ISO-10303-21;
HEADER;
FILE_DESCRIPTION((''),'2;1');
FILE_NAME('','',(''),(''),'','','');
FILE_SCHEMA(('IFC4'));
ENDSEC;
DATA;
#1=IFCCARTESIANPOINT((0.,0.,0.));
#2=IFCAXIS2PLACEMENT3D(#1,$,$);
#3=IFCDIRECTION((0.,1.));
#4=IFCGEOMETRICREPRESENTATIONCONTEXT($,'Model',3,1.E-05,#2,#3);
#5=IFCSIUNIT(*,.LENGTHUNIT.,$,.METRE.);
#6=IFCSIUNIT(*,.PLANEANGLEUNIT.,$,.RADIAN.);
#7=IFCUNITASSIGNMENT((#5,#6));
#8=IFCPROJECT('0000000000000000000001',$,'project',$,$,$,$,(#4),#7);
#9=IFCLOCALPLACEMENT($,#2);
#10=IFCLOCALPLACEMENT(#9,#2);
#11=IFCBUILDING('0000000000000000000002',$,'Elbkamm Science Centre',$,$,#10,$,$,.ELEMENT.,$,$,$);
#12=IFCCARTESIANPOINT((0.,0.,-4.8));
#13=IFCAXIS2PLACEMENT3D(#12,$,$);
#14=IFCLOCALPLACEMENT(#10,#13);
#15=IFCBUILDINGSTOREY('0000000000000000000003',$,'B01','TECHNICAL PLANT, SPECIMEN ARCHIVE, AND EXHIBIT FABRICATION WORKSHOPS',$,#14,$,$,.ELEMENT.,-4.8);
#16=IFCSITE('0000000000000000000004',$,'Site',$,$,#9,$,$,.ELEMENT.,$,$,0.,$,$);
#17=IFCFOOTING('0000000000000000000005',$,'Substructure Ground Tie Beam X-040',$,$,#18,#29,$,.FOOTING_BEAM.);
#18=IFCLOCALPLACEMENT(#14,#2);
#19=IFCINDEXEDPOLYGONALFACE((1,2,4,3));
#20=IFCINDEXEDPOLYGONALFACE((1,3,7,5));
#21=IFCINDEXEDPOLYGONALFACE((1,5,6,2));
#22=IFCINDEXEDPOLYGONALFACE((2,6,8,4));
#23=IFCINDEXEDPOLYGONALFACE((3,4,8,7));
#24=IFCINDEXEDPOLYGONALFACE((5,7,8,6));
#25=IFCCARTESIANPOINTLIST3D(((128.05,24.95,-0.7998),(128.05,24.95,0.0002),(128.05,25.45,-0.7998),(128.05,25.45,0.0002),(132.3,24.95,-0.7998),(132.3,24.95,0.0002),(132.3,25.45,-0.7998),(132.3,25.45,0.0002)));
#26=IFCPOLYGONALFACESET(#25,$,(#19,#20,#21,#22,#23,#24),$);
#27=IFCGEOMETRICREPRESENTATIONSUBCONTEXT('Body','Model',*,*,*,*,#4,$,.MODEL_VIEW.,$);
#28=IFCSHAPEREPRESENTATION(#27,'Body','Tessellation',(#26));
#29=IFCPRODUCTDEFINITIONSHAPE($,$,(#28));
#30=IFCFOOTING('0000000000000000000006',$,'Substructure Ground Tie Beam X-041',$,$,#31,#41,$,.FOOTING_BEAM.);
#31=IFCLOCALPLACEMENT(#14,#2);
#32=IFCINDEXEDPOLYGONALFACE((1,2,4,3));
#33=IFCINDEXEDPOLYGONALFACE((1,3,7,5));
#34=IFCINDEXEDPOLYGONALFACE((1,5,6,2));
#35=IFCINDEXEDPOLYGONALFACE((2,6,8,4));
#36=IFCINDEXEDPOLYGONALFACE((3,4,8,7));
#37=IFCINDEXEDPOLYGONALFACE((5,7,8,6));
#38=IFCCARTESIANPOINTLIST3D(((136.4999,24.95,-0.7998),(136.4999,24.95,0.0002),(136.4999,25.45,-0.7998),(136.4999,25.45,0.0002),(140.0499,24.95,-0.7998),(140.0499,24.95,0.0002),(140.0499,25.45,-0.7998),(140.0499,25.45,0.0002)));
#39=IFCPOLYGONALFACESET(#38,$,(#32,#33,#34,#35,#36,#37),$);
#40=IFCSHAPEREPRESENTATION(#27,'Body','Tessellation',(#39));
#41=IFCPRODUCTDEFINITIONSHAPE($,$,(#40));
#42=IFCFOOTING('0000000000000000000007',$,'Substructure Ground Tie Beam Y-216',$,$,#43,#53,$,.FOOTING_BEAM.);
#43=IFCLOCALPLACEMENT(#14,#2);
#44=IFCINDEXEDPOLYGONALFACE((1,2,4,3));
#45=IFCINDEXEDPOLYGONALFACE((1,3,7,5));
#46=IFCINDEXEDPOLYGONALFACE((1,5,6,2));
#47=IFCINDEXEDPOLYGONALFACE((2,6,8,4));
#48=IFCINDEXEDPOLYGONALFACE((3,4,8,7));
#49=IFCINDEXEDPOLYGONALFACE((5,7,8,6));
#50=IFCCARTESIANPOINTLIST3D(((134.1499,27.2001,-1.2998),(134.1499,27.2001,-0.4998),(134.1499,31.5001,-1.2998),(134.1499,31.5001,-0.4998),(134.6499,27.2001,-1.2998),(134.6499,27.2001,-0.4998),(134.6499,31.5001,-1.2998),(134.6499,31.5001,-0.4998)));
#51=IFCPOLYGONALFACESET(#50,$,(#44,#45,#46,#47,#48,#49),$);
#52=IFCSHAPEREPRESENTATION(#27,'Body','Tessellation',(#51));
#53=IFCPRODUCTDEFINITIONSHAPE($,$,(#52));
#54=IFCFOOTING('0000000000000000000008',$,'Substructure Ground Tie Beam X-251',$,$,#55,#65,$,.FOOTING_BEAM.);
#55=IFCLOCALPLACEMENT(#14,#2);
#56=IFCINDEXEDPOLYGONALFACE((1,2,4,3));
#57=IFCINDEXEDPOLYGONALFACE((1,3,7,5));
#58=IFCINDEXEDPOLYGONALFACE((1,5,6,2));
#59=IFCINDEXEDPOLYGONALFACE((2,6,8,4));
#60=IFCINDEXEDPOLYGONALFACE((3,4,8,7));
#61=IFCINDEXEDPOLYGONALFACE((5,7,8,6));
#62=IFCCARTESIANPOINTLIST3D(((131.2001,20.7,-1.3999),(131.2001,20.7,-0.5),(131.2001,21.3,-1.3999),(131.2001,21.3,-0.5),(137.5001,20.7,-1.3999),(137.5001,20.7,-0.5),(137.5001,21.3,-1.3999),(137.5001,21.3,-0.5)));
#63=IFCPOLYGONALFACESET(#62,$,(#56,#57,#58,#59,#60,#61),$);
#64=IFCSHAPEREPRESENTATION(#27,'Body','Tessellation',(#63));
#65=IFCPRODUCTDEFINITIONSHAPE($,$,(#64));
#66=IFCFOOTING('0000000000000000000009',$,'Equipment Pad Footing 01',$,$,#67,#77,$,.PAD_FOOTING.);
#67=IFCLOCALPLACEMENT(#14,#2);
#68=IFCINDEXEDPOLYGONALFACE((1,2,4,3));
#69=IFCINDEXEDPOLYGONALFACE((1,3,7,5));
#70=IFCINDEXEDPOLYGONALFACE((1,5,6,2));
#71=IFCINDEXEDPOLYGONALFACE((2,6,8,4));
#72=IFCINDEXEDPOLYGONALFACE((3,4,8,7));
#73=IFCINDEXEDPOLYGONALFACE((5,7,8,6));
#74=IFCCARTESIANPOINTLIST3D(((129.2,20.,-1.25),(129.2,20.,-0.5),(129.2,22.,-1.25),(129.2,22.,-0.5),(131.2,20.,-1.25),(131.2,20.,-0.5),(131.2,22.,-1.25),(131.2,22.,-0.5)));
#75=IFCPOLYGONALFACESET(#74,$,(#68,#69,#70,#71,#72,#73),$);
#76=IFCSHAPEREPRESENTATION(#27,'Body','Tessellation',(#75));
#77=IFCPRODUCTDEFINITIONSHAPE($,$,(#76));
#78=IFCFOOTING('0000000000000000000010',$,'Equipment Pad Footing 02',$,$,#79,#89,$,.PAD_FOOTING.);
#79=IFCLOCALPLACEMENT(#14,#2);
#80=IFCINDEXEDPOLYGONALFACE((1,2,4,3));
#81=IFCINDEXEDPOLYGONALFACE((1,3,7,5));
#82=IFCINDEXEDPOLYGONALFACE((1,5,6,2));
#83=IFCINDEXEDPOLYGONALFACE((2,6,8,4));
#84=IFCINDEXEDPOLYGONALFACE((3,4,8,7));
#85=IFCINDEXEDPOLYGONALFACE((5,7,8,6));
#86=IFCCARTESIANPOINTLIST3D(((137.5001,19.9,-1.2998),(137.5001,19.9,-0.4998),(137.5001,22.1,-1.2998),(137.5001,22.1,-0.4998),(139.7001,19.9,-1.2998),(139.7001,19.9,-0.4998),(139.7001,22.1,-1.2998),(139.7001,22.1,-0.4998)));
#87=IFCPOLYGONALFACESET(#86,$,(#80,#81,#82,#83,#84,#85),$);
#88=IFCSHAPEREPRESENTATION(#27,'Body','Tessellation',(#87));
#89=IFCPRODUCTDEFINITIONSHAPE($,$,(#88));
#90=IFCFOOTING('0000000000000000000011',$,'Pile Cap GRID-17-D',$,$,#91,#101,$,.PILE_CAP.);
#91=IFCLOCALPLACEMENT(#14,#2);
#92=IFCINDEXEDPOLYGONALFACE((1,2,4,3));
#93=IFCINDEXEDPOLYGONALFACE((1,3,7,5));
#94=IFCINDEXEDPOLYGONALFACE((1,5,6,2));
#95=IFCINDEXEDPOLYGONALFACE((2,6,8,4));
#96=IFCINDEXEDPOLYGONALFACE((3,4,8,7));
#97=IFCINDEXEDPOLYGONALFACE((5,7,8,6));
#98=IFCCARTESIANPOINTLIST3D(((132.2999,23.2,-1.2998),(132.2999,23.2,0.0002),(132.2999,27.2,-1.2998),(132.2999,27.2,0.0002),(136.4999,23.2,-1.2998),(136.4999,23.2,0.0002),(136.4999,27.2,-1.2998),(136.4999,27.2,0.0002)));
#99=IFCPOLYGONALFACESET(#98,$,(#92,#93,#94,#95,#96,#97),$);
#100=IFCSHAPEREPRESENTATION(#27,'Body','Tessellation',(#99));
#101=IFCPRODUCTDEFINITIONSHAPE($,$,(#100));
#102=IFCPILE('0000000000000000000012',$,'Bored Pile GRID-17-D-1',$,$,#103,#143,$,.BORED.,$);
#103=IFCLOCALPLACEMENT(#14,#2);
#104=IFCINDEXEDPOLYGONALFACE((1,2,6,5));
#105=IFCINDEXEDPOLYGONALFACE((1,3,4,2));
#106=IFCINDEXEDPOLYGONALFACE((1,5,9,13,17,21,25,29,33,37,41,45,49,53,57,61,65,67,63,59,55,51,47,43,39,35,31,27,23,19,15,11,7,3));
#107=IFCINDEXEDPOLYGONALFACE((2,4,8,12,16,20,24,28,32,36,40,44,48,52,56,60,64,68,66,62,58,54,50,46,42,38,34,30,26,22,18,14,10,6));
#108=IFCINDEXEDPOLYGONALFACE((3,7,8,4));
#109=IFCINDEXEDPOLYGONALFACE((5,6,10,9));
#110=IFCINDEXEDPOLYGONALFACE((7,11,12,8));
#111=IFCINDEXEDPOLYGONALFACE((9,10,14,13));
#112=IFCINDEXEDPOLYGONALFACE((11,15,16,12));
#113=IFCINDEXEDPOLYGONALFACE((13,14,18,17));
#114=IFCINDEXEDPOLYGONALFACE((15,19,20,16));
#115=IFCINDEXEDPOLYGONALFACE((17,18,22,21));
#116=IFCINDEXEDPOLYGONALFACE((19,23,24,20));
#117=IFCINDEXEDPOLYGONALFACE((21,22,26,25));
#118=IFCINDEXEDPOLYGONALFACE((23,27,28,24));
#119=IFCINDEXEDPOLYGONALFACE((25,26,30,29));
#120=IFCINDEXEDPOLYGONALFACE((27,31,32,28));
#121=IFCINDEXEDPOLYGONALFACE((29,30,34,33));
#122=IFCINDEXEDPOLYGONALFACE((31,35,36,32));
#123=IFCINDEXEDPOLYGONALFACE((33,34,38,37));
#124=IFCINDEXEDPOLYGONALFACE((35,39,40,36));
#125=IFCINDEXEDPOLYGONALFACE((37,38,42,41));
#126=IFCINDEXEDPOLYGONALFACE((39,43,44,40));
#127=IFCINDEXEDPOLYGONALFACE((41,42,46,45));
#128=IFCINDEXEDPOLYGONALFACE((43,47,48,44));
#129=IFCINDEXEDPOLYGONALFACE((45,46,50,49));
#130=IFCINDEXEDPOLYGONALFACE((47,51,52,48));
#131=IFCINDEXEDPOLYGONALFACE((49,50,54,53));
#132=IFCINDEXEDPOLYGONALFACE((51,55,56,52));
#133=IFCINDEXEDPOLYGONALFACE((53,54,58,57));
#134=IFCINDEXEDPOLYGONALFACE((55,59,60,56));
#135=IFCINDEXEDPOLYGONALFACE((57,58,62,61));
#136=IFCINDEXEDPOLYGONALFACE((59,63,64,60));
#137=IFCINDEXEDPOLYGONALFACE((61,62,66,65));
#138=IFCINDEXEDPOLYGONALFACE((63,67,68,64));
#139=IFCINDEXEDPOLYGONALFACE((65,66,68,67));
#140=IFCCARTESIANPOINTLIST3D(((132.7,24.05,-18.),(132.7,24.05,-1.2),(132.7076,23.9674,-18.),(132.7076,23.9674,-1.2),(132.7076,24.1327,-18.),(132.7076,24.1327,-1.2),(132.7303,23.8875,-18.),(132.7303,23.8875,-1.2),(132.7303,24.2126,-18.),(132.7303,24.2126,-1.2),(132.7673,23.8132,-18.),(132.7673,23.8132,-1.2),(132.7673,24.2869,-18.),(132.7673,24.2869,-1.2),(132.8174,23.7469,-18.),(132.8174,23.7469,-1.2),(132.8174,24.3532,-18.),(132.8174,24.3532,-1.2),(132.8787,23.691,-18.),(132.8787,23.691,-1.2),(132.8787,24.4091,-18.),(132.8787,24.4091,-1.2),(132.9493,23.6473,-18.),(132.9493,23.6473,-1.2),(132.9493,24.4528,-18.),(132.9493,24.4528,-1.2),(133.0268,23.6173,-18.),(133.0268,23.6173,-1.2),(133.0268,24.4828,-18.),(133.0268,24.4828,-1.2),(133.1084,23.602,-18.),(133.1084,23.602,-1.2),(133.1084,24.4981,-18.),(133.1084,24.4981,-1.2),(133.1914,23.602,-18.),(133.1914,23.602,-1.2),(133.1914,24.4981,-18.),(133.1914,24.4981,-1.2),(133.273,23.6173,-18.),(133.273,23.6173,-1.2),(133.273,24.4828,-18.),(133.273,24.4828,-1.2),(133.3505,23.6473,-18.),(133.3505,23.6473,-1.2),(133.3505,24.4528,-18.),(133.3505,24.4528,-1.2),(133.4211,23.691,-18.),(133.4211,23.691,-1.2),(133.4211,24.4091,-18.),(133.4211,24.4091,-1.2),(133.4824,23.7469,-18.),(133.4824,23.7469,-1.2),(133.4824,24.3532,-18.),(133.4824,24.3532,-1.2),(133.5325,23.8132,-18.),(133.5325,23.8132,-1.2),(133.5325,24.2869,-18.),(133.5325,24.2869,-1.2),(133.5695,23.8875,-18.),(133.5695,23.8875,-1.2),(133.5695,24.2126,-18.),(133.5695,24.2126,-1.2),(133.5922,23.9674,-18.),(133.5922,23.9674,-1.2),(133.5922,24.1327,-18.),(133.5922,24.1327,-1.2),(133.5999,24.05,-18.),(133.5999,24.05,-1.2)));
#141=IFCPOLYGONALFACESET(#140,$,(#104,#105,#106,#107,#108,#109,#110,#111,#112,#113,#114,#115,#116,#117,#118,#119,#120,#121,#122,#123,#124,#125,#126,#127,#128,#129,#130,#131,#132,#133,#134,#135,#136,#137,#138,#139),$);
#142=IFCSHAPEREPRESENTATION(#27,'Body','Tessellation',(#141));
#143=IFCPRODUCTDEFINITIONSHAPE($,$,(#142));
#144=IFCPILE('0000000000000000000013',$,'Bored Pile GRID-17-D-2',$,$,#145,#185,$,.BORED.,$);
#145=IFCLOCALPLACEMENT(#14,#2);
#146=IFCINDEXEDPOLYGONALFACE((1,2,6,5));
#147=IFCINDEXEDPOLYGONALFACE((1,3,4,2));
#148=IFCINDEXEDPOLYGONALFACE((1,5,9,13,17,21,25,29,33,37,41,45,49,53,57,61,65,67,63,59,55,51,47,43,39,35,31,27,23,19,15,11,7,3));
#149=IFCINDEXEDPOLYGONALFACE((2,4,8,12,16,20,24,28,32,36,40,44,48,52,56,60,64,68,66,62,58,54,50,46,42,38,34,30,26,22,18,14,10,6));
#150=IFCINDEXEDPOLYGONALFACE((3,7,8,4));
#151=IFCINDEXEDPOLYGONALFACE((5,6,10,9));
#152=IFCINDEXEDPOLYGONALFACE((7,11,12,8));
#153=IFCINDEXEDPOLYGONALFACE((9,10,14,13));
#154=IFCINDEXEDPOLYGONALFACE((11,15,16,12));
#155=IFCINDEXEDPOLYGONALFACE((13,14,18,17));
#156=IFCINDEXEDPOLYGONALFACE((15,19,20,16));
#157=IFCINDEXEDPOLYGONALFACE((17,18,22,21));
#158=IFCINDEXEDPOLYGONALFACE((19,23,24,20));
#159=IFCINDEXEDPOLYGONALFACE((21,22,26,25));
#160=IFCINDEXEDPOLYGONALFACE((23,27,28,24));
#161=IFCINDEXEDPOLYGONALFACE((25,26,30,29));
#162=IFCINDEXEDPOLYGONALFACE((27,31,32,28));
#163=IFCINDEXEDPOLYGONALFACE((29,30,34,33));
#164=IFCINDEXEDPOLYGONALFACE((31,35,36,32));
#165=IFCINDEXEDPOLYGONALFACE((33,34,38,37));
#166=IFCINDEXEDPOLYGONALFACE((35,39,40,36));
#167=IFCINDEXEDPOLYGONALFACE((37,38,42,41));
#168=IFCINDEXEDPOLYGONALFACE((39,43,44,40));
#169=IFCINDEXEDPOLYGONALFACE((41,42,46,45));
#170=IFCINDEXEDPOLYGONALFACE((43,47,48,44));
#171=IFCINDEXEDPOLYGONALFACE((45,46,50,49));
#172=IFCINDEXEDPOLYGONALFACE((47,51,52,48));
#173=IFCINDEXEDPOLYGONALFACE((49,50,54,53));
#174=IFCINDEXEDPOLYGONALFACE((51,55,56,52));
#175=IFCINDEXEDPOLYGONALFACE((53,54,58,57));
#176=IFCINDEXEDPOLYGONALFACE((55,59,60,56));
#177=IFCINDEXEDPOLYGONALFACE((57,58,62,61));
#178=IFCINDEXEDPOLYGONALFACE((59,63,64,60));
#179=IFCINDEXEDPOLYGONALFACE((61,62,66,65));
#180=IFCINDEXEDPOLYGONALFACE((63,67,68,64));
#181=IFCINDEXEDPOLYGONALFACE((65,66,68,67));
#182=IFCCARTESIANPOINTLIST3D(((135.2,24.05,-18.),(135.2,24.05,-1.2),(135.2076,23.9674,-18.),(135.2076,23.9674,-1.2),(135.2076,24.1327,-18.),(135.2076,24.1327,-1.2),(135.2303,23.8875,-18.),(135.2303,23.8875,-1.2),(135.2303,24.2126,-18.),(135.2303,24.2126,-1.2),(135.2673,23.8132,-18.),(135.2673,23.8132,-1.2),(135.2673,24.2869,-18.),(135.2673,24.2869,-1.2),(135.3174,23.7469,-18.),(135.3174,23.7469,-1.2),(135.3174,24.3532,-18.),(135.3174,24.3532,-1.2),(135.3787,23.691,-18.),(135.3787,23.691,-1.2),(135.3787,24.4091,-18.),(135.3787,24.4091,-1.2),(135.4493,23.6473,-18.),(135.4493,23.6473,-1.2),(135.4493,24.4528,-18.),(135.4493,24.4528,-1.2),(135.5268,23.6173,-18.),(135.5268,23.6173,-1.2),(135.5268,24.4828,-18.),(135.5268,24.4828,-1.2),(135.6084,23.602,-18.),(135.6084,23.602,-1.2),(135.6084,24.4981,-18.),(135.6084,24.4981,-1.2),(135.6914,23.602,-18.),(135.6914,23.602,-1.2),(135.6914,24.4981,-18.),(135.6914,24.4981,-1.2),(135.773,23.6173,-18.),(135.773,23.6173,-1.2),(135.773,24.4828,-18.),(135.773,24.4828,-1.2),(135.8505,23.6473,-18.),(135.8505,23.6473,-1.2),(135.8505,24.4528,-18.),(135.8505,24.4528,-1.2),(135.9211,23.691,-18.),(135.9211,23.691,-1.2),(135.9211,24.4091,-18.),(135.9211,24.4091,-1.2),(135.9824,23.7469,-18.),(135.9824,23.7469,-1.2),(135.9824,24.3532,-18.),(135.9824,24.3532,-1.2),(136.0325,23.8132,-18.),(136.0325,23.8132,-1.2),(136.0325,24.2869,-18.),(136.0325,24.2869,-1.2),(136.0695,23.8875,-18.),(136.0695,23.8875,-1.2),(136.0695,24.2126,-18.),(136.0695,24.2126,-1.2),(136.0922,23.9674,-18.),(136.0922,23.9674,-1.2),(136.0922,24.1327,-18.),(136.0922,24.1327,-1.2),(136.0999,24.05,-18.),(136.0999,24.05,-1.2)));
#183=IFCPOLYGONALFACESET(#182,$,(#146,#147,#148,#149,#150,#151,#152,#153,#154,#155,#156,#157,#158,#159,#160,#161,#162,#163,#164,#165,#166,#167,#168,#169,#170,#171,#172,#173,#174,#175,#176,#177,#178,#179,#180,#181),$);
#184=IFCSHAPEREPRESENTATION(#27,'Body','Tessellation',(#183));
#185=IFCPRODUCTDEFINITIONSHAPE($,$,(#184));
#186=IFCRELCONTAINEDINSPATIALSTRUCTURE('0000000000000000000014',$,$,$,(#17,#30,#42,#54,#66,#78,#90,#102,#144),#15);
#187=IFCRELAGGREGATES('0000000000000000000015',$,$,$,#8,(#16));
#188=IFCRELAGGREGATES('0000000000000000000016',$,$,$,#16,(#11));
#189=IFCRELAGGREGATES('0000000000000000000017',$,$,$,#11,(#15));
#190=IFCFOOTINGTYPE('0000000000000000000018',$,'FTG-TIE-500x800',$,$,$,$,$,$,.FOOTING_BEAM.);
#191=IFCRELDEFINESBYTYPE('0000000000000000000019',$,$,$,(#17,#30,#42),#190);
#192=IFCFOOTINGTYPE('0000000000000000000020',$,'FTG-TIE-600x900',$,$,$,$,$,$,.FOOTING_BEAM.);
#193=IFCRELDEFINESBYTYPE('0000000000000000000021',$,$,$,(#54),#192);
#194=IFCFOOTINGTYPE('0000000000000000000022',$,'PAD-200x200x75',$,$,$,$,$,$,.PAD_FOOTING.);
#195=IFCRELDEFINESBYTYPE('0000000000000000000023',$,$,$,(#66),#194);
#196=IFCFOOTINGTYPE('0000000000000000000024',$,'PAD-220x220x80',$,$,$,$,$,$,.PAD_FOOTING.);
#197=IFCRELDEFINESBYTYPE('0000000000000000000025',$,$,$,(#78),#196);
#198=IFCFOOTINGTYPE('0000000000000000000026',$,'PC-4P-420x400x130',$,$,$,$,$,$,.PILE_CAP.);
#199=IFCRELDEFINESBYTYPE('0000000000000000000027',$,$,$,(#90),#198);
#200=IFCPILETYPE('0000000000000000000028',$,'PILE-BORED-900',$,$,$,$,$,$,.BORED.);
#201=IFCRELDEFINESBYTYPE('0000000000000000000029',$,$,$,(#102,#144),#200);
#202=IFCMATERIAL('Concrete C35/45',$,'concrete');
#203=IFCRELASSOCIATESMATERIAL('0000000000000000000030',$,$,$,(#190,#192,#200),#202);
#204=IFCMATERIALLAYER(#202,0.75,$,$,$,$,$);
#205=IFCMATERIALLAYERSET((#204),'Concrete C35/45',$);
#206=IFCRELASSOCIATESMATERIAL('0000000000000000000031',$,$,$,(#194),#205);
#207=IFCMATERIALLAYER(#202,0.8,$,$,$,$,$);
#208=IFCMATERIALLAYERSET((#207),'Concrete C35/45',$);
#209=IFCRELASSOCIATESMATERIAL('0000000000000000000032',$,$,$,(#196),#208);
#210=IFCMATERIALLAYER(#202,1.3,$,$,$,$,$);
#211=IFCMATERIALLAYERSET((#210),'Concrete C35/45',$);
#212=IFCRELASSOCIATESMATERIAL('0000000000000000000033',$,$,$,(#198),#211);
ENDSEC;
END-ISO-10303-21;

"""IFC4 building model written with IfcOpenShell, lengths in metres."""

from ifc_helpers import new_model, si_unit, direction, frame, origin, origin_2d, place, context, subcontext, project, spatial, rectangle, circle, extrude, material, layer, layer_set, material_profile, profile_set, type_object, element, save


model = new_model("IFC4")

# Units and contexts
model_context = context("Model", 3, precision=1e-05, world=origin(), true_north=direction((0.0, 1.0)))
body_context = subcontext(model_context, "Body", "Model", "MODEL_VIEW")
ifc_project = project(units=[si_unit("LENGTHUNIT", "METRE"), si_unit("PLANEANGLEUNIT", "RADIAN")], contexts=[model_context])

# Site, building, storey
site_placement = place(None, origin())
site = spatial("IfcSite", under=ifc_project, at=site_placement, Name="Site", CompositionType="ELEMENT", RefElevation=0.0)
building_placement = place(site_placement, origin())
building = spatial("IfcBuilding", under=site, at=building_placement, Name="Elbkamm Science Centre", CompositionType="ELEMENT")
storey_placement = place(building_placement, frame((0.0, 0.0, -4.8)))
storey = spatial("IfcBuildingStorey", under=building, at=storey_placement, Name="B01", Description="TECHNICAL PLANT, SPECIMEN ARCHIVE, AND EXHIBIT FABRICATION WORKSHOPS", CompositionType="ELEMENT", Elevation=-4.8)

# Footings
ifc_material_1 = material(Name="Concrete C35/45", Category="concrete")
footing_type_1 = type_object("IfcFootingType", Name="FTG-TIE-500x800", PredefinedType="FOOTING_BEAM", material=ifc_material_1)
footing_1_placement = place(storey_placement, frame((130.175, 25.2, -0.7998), z_axis=(0.0, 0.0, 1.0), x_axis=(1.0, 0.0, 0.0)))
element("IfcFooting", 1, at=footing_1_placement, inside=storey, type_object=footing_type_1, Name="Substructure Ground Tie Beam X-040", PredefinedType="FOOTING_BEAM", context=body_context, shape_type="SweptSolid", body=[
    extrude(rectangle(XDim=4.25, YDim=0.5, at=origin_2d()), origin(), (0.0, 0.0, 1.0), 0.8),
])
footing_2_placement = place(storey_placement, frame((138.2749, 25.2, -0.7998), z_axis=(0.0, 0.0, 1.0), x_axis=(1.0, 0.0, 0.0)))
element("IfcFooting", 2, at=footing_2_placement, inside=storey, type_object=footing_type_1, Name="Substructure Ground Tie Beam X-041", PredefinedType="FOOTING_BEAM", context=body_context, shape_type="SweptSolid", body=[
    extrude(rectangle(XDim=3.55, YDim=0.5, at=origin_2d()), origin(), (0.0, 0.0, 1.0), 0.8),
])
footing_3_placement = place(storey_placement, frame((134.3999, 29.3501, -1.2998), z_axis=(0.0, 0.0, 1.0), x_axis=(1.0, 0.0, 0.0)))
element("IfcFooting", 3, at=footing_3_placement, inside=storey, type_object=footing_type_1, Name="Substructure Ground Tie Beam Y-216", PredefinedType="FOOTING_BEAM", context=body_context, shape_type="SweptSolid", body=[
    extrude(rectangle(XDim=0.5, YDim=4.3, at=origin_2d()), origin(), (0.0, 0.0, 1.0), 0.8),
])
footing_type_2 = type_object("IfcFootingType", Name="FTG-TIE-600x900", PredefinedType="FOOTING_BEAM", material=ifc_material_1)
footing_4_placement = place(storey_placement, frame((134.3501, 21.0, -1.3999), z_axis=(0.0, 0.0, 1.0), x_axis=(1.0, 0.0, 0.0)))
element("IfcFooting", 4, at=footing_4_placement, inside=storey, type_object=footing_type_2, Name="Substructure Ground Tie Beam X-251", PredefinedType="FOOTING_BEAM", context=body_context, shape_type="SweptSolid", body=[
    extrude(rectangle(XDim=6.3, YDim=0.6001, at=origin_2d()), origin(), (0.0, 0.0, 1.0), 0.8999),
])
ifc_layer_1 = layer(ifc_material_1, 0.75)
ifc_layer_set_1 = layer_set([ifc_layer_1], Name="Concrete C35/45")
footing_type_3 = type_object("IfcFootingType", Name="PAD-200x200x75", PredefinedType="PAD_FOOTING", material=ifc_layer_set_1)
footing_5_placement = place(storey_placement, frame((130.2, 21.0, -1.25), z_axis=(0.0, 0.0, 1.0), x_axis=(1.0, 0.0, 0.0)))
element("IfcFooting", 5, at=footing_5_placement, inside=storey, type_object=footing_type_3, Name="Equipment Pad Footing 01", PredefinedType="PAD_FOOTING", context=body_context, shape_type="SweptSolid", body=[
    extrude(rectangle(XDim=2.0, YDim=2.0, at=origin_2d()), origin(), (0.0, 0.0, 1.0), 0.75),
])
ifc_layer_2 = layer(ifc_material_1, 0.8)
ifc_layer_set_2 = layer_set([ifc_layer_2], Name="Concrete C35/45")
footing_type_4 = type_object("IfcFootingType", Name="PAD-220x220x80", PredefinedType="PAD_FOOTING", material=ifc_layer_set_2)
footing_6_placement = place(storey_placement, frame((138.6001, 21.0, -1.2998), z_axis=(0.0, 0.0, 1.0), x_axis=(1.0, 0.0, 0.0)))
element("IfcFooting", 6, at=footing_6_placement, inside=storey, type_object=footing_type_4, Name="Equipment Pad Footing 02", PredefinedType="PAD_FOOTING", context=body_context, shape_type="SweptSolid", body=[
    extrude(rectangle(XDim=2.2, YDim=2.2, at=origin_2d()), origin(), (0.0, 0.0, 1.0), 0.8),
])
ifc_layer_3 = layer(ifc_material_1, 1.3)
ifc_layer_set_3 = layer_set([ifc_layer_3], Name="Concrete C35/45")
footing_type_5 = type_object("IfcFootingType", Name="PC-4P-420x400x130", PredefinedType="PILE_CAP", material=ifc_layer_set_3)
footing_7_placement = place(storey_placement, frame((134.3999, 25.2, -1.2998), z_axis=(0.0, 0.0, 1.0), x_axis=(1.0, 0.0, 0.0)))
element("IfcFooting", 7, at=footing_7_placement, inside=storey, type_object=footing_type_5, Name="Pile Cap GRID-17-D", PredefinedType="PILE_CAP", context=body_context, shape_type="SweptSolid", body=[
    extrude(rectangle(XDim=4.2, YDim=4.0, at=origin_2d()), origin(), (0.0, 0.0, 1.0), 1.3),
])

# Piles
ifc_material_profile_1 = material_profile(ifc_material_1, circle(Radius=0.45, at=origin_2d()), Name="PILE D900")
ifc_profile_set_1 = profile_set([ifc_material_profile_1], Name="Concrete C35/45")
pile_type = type_object("IfcPileType", Name="PILE-BORED-900", PredefinedType="BORED", material=ifc_profile_set_1)
for number, where, z_axis, x_axis, name in (
    (8, (133.1499, 24.05, -1.2), (0.0, 0.0, -1.0), (1.0, 0.0, 0.0), "Bored Pile GRID-17-D-1"),
    (9, (135.6499, 24.05, -1.2), (0.0, 0.0, -1.0), (1.0, 0.0, 0.0), "Bored Pile GRID-17-D-2"),
):
    element("IfcPile", number, at=place(storey_placement, frame(where, z_axis=z_axis, x_axis=x_axis)), inside=storey, type_object=pile_type, Name=name, PredefinedType="BORED", context=body_context, shape_type="SweptSolid", body=[
        extrude(circle(Radius=0.45, at=origin_2d()), origin(), (0.0, 0.0, 1.0), 16.8),
    ])

save(model, "model.ifc")
